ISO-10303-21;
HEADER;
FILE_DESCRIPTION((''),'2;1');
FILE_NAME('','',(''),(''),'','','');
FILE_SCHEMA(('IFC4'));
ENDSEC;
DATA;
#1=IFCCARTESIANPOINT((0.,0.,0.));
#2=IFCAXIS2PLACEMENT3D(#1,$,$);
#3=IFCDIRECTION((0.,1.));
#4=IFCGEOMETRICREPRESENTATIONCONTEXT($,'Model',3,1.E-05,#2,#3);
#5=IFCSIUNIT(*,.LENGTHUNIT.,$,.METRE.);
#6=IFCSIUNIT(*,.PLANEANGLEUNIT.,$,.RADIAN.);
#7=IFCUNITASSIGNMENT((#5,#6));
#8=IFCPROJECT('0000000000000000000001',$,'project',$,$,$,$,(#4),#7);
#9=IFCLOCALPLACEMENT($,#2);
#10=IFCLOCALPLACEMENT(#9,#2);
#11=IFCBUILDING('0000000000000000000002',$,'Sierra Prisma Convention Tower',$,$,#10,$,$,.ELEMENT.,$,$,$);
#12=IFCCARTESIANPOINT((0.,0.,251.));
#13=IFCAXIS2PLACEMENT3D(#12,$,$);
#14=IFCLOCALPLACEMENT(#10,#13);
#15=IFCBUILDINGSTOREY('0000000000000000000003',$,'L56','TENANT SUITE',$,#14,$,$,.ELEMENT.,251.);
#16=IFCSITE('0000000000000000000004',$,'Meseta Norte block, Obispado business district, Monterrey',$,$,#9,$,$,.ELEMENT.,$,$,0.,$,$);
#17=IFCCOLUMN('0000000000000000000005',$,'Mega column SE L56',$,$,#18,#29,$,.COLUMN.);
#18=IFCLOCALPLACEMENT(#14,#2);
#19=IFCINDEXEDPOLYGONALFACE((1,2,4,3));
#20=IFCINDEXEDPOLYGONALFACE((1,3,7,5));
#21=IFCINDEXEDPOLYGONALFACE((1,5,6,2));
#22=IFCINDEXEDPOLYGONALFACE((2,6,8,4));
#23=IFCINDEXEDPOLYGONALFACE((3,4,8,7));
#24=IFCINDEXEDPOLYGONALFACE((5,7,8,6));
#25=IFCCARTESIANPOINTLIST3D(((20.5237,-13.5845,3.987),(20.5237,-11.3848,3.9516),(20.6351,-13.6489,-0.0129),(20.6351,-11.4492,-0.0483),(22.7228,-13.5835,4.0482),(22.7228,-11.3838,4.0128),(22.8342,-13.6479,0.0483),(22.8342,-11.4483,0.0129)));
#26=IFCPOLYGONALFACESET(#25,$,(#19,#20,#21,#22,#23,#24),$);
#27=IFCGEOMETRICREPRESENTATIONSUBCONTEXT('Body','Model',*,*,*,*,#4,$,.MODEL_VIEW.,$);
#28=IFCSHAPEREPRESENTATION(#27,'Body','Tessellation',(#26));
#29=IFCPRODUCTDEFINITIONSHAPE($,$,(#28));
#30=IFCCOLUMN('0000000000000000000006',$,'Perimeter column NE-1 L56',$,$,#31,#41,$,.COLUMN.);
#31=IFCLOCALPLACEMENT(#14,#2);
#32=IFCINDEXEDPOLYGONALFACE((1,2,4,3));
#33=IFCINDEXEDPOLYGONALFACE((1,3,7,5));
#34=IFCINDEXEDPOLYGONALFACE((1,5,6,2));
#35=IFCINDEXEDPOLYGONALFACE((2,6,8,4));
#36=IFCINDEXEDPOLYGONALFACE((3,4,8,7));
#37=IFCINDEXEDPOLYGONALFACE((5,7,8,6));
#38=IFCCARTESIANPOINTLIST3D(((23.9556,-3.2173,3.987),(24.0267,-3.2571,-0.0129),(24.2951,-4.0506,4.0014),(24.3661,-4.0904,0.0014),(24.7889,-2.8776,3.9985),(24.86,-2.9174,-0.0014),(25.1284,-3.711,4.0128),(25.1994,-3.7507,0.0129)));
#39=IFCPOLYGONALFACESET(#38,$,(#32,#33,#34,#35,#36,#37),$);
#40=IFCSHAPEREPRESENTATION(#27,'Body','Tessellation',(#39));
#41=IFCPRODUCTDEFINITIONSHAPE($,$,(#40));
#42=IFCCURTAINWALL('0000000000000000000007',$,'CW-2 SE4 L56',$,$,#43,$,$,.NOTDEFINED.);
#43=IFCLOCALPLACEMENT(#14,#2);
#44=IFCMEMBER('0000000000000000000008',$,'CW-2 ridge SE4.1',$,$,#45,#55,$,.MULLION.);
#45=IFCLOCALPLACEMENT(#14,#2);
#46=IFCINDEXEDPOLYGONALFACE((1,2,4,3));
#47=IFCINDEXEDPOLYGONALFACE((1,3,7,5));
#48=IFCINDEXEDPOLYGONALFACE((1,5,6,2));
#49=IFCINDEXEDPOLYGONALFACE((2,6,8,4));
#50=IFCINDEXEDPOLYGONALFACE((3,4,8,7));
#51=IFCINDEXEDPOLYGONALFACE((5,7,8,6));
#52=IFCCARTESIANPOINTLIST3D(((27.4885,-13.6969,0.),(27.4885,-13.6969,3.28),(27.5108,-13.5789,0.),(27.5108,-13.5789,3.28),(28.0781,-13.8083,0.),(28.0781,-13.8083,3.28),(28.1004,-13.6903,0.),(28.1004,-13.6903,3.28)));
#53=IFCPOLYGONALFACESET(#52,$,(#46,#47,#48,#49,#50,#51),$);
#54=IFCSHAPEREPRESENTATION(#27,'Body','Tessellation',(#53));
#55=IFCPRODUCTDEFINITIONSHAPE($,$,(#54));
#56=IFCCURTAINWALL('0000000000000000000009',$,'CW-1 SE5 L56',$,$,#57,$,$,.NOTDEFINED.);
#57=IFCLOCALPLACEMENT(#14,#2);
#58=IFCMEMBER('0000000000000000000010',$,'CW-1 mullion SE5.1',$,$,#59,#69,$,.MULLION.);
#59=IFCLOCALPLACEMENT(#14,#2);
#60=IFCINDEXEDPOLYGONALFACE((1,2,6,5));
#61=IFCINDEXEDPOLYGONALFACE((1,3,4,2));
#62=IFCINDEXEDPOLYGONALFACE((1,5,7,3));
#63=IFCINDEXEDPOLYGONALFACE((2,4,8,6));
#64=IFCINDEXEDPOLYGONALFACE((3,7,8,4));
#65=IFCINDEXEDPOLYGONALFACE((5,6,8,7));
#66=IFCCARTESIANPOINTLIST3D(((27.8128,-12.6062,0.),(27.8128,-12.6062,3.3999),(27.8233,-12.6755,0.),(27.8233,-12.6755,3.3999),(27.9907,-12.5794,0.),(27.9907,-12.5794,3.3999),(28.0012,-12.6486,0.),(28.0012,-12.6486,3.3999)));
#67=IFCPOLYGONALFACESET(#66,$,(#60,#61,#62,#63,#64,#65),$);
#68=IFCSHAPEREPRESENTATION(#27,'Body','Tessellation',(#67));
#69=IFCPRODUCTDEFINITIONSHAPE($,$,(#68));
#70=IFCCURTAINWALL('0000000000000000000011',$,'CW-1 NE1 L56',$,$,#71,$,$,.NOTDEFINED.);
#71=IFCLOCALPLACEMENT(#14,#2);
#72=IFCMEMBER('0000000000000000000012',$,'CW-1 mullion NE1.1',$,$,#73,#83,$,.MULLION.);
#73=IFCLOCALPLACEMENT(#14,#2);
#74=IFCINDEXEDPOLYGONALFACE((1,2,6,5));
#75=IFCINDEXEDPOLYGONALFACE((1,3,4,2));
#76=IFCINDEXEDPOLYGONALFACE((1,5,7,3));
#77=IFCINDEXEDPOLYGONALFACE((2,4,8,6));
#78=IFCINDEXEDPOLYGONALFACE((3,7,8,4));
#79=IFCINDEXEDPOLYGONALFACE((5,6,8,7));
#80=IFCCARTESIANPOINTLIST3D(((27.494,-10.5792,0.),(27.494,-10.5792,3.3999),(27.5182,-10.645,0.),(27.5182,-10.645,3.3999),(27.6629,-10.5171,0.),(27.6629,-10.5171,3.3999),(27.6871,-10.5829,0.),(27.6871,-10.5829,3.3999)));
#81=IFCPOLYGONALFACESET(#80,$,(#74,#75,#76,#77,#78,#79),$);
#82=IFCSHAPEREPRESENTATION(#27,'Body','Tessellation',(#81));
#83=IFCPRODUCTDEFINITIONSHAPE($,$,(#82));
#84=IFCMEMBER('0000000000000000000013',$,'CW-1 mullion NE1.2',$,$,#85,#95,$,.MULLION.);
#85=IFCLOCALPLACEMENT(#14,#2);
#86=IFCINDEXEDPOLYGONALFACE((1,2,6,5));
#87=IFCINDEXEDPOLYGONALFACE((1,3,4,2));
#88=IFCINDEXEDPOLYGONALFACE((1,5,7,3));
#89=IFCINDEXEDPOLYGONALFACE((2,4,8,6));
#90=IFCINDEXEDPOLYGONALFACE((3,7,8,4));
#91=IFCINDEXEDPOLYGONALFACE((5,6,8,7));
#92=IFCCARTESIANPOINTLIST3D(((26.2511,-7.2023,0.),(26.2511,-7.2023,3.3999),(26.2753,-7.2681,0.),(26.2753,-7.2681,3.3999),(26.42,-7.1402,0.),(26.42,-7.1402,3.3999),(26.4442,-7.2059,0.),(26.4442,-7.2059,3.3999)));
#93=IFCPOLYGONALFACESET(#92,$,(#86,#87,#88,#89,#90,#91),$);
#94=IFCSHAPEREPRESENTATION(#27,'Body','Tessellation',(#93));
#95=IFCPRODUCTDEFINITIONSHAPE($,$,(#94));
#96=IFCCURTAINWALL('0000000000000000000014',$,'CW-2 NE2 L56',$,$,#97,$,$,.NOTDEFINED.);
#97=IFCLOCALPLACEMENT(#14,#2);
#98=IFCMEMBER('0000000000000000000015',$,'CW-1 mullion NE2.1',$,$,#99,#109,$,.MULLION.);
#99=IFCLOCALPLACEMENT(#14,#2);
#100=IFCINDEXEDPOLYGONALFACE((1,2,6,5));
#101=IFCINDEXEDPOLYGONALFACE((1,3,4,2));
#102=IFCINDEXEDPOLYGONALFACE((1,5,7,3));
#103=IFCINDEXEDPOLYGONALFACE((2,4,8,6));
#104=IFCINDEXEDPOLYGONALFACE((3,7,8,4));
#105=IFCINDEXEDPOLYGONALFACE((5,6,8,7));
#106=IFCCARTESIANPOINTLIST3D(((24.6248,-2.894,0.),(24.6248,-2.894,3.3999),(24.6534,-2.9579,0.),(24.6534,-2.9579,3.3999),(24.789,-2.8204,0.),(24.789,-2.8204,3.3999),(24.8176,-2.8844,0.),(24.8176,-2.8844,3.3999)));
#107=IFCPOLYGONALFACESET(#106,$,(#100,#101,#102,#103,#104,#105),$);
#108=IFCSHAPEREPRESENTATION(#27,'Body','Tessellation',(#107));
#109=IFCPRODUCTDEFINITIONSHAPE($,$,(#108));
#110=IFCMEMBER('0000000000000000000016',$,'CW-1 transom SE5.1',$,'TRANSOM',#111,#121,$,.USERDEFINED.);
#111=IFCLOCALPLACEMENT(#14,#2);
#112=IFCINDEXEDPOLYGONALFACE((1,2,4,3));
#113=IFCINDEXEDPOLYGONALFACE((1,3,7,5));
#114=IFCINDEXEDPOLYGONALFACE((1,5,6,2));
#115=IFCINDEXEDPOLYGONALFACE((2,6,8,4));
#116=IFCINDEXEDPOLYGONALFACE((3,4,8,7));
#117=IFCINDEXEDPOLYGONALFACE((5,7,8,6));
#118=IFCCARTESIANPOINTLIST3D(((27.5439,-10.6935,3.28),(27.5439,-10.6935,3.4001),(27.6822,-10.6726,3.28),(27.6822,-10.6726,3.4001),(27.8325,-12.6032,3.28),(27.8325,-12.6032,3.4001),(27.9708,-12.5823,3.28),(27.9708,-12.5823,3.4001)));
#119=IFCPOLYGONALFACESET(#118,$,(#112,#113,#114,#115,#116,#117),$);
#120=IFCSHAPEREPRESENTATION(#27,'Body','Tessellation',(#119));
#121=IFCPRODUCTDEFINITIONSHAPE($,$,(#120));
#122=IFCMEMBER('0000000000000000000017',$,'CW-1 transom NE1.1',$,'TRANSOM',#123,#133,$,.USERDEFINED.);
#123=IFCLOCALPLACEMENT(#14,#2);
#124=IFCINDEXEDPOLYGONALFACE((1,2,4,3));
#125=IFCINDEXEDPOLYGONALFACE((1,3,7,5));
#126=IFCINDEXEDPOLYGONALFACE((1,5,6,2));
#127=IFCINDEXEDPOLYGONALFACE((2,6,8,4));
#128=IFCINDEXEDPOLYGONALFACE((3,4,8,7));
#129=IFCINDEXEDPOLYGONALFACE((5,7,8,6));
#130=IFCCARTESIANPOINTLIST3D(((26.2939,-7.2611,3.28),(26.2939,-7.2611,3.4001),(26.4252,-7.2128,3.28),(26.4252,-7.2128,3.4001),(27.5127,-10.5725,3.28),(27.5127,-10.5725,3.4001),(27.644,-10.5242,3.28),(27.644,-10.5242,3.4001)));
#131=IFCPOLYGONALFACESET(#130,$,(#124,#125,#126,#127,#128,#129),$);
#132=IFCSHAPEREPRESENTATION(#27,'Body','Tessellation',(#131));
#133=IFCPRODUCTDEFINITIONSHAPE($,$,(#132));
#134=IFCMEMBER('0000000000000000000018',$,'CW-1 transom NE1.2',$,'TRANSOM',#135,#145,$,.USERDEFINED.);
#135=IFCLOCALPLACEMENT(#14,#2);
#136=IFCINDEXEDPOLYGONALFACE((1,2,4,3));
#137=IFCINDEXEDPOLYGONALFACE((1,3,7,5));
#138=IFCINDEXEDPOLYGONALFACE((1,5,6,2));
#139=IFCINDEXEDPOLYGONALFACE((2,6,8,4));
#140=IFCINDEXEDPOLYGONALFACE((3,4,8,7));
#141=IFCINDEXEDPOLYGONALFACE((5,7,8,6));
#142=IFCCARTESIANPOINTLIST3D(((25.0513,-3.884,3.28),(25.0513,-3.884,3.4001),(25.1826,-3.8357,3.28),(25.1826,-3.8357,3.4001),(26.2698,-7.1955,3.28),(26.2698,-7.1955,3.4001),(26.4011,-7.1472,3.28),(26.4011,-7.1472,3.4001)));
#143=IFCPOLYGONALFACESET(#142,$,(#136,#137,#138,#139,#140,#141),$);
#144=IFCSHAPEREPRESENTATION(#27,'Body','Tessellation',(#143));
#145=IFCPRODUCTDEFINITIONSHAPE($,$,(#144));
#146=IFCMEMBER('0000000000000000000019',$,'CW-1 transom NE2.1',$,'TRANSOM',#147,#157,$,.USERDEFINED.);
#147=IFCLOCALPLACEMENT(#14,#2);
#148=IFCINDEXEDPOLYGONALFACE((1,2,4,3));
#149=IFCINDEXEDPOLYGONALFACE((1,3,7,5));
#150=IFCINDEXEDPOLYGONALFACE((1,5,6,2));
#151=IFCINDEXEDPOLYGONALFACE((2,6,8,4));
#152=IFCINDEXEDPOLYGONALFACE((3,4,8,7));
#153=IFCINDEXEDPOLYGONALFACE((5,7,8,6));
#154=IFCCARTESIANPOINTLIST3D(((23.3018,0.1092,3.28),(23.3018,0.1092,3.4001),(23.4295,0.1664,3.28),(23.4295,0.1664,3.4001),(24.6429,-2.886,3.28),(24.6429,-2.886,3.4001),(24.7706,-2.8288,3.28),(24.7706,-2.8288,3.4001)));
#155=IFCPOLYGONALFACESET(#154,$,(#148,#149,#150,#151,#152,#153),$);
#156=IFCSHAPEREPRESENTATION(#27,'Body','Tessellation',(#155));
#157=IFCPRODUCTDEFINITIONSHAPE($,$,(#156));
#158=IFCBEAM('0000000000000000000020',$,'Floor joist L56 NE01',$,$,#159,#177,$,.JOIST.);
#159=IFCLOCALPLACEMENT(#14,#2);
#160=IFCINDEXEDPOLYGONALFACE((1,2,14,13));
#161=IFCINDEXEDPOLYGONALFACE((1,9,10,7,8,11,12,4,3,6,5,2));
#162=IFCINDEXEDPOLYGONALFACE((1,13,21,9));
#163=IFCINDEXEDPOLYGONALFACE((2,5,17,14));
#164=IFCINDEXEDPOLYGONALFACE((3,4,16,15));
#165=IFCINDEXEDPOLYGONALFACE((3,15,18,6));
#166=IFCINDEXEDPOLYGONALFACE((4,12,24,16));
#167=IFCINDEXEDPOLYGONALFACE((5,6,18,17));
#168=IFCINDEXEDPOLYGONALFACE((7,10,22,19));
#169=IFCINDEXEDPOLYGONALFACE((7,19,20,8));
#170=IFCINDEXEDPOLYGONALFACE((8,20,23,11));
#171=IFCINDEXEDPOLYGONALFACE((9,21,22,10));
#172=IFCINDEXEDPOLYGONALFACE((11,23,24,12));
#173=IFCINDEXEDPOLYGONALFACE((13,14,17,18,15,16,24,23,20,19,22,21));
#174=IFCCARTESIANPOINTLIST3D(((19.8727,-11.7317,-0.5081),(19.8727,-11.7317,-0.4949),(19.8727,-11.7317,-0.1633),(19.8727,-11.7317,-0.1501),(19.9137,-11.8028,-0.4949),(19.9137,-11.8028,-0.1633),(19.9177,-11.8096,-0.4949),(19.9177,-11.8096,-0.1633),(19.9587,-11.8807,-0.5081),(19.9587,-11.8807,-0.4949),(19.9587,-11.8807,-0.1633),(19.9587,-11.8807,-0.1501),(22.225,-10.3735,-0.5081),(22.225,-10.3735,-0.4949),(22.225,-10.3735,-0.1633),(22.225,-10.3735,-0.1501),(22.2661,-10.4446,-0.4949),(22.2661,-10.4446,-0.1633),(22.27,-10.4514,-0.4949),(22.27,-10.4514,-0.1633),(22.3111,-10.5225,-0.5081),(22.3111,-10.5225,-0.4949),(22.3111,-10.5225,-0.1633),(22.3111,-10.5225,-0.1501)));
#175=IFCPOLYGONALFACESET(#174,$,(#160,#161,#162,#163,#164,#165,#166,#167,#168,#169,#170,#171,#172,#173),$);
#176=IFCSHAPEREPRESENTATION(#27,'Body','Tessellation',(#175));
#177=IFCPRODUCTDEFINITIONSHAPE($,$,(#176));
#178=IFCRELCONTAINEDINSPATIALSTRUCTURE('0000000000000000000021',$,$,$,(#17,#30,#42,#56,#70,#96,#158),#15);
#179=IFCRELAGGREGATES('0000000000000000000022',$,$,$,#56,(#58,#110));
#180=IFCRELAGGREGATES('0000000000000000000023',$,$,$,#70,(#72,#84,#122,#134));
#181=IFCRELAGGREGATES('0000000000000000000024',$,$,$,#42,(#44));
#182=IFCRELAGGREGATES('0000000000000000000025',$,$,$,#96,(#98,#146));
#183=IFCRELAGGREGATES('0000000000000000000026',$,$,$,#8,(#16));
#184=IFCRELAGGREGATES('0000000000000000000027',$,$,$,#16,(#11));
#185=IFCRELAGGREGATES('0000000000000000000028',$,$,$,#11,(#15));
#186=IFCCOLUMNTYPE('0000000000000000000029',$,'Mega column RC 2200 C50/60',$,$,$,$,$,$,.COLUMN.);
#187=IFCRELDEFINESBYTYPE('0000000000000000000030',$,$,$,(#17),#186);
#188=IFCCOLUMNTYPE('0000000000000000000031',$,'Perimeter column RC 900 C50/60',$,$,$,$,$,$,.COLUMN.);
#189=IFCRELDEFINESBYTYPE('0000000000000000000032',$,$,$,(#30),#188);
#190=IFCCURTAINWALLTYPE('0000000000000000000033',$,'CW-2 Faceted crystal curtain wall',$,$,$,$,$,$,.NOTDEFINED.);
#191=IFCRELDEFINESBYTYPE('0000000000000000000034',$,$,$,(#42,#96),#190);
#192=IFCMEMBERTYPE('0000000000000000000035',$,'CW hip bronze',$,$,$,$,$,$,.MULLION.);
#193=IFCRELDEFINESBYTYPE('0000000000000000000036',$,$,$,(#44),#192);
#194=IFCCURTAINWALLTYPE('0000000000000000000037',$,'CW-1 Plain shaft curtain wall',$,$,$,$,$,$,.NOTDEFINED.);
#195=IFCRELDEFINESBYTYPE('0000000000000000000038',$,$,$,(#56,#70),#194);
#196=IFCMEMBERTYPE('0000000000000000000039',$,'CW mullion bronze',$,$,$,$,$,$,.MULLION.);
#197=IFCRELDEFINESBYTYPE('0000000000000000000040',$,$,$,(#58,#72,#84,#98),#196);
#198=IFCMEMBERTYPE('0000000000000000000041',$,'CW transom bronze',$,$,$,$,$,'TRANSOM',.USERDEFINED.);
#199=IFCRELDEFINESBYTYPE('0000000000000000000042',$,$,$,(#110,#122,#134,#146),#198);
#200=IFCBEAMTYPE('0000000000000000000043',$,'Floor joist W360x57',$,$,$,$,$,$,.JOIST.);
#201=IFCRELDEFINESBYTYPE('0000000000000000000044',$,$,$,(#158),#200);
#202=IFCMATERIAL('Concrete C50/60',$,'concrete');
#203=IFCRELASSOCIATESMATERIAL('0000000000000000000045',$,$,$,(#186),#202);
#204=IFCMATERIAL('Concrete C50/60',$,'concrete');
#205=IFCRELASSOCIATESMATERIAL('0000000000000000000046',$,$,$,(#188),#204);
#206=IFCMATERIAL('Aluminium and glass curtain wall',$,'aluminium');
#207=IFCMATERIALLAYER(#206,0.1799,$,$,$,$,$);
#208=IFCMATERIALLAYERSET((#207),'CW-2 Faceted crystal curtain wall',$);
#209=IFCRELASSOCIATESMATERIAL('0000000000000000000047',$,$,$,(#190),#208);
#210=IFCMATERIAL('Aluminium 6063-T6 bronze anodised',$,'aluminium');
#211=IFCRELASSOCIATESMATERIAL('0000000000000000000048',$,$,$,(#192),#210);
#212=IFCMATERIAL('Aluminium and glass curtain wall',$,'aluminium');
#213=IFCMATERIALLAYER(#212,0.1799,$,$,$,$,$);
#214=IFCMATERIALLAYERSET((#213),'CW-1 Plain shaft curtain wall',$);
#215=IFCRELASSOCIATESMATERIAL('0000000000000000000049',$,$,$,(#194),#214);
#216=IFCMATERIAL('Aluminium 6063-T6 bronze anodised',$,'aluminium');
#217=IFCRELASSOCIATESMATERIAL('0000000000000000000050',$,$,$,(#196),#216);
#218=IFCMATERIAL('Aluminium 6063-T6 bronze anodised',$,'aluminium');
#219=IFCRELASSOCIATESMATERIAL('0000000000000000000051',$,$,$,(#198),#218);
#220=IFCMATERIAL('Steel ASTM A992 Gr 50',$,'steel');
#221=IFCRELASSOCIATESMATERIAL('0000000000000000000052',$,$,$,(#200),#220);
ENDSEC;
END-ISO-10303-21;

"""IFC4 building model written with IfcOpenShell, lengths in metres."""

from ifc_helpers import new_model, si_unit, direction, frame, origin, origin_2d, place, context, subcontext, project, spatial, rectangle, i_section, extrude, material, layer, layer_set, material_profile, profile_set, type_object, element, aggregate, save


model = new_model("IFC4")

# Units and contexts
model_context = context("Model", 3, precision=1e-05, world=origin(), true_north=direction((0.0, 1.0)))
body_context = subcontext(model_context, "Body", "Model", "MODEL_VIEW")
ifc_project = project(units=[si_unit("LENGTHUNIT", "METRE"), si_unit("PLANEANGLEUNIT", "RADIAN")], contexts=[model_context])

# Site, building, storey
site_placement = place(None, origin())
site = spatial("IfcSite", under=ifc_project, at=site_placement, Name="Meseta Norte block, Obispado business district, Monterrey", CompositionType="ELEMENT", RefElevation=0.0)
building_placement = place(site_placement, origin())
building = spatial("IfcBuilding", under=site, at=building_placement, Name="Sierra Prisma Convention Tower", CompositionType="ELEMENT")
storey_placement = place(building_placement, frame((0.0, 0.0, 251.0)))
storey = spatial("IfcBuildingStorey", under=building, at=storey_placement, Name="L56", Description="TENANT SUITE", CompositionType="ELEMENT", Elevation=251.0)

# Columns
ifc_material_1 = material(Name="Concrete C50/60", Category="concrete")
ifc_material_profile_1 = material_profile(ifc_material_1, rectangle(XDim=2.2, YDim=2.2, at=origin_2d()), Name="Mega column RC 2200 C50/60")
ifc_profile_set_1 = profile_set([ifc_material_profile_1], Name="Concrete C50/60")
column_type_1 = type_object("IfcColumnType", Name="Mega column RC 2200 C50/60", PredefinedType="COLUMN", material=ifc_profile_set_1)
column_1_placement = place(storey_placement, frame((21.7346, -12.5486, 0.0), z_axis=(-0.027818, 0.016105, 0.999483), x_axis=(0.999613, 0.000448, 0.027814)))
element("IfcColumn", 1, at=column_1_placement, inside=storey, type_object=column_type_1, Name="Mega column SE L56", PredefinedType="COLUMN", context=body_context, shape_type="SweptSolid", body=[
    extrude(rectangle(XDim=2.2, YDim=2.2, at=origin_2d()), origin(), (0.0, 0.0, 1.0), 4.002),
])
ifc_material_2 = material(Name="Concrete C50/60", Category="concrete")
ifc_material_profile_2 = material_profile(ifc_material_2, rectangle(XDim=0.8999, YDim=0.8999, at=origin_2d()), Name="Perimeter column RC 900 C50/60")
ifc_profile_set_2 = profile_set([ifc_material_profile_2], Name="Concrete C50/60")
column_type_2 = type_object("IfcColumnType", Name="Perimeter column RC 900 C50/60", PredefinedType="COLUMN", material=ifc_profile_set_2)
column_2_placement = place(storey_placement, frame((24.613, -3.5039, 0.0), z_axis=(-0.017758, 0.009947, 0.999793), x_axis=(-0.377201, 0.925995, -0.015912)))
element("IfcColumn", 2, at=column_2_placement, inside=storey, type_object=column_type_2, Name="Perimeter column NE-1 L56", PredefinedType="COLUMN", context=body_context, shape_type="SweptSolid", body=[
    extrude(rectangle(XDim=0.8999, YDim=0.8999, at=origin_2d()), origin(), (0.0, 0.0, 1.0), 4.0007),
])

# Curtain walls, members
ifc_material_3 = material(Name="Aluminium and glass curtain wall", Category="aluminium")
ifc_layer_1 = layer(ifc_material_3, 0.1799)
ifc_layer_set_1 = layer_set([ifc_layer_1], Name="CW-2 Faceted crystal curtain wall")
curtain_wall_type_1 = type_object("IfcCurtainWallType", Name="CW-2 Faceted crystal curtain wall", PredefinedType="NOTDEFINED", material=ifc_layer_set_1)
curtain_wall_1_placement = place(storey_placement, origin())
curtain_wall_1 = element("IfcCurtainWall", 3, at=curtain_wall_1_placement, inside=storey, type_object=curtain_wall_type_1, Name="CW-2 SE4 L56", PredefinedType="NOTDEFINED")
ifc_material_4 = material(Name="Aluminium 6063-T6 bronze anodised", Category="aluminium")
ifc_material_profile_3 = material_profile(ifc_material_4, rectangle(XDim=0.1201, YDim=0.6001, at=origin_2d()), Name="ALU RIDGE BLADE 120x600")
ifc_profile_set_3 = profile_set([ifc_material_profile_3], Name="Aluminium 6063-T6 bronze anodised")
member_type_1 = type_object("IfcMemberType", Name="CW hip bronze", PredefinedType="MULLION", material=ifc_profile_set_3)
member_1_placement = place(storey_placement, frame((27.7944, -13.6936, 0.0), z_axis=(0.0, 0.0, 1.0), x_axis=(0.185693, 0.982608, 0.0)))
member_1 = element("IfcMember", 4, at=member_1_placement, type_object=member_type_1, Name="CW-2 ridge SE4.1", PredefinedType="MULLION", context=body_context, shape_type="SweptSolid", body=[
    extrude(rectangle(XDim=0.1201, YDim=0.6001, at=origin_2d()), origin(), (0.0, 0.0, 1.0), 3.28),
])
ifc_material_5 = material(Name="Aluminium and glass curtain wall", Category="aluminium")
ifc_layer_2 = layer(ifc_material_5, 0.1799)
ifc_layer_set_2 = layer_set([ifc_layer_2], Name="CW-1 Plain shaft curtain wall")
curtain_wall_type_2 = type_object("IfcCurtainWallType", Name="CW-1 Plain shaft curtain wall", PredefinedType="NOTDEFINED", material=ifc_layer_set_2)
curtain_wall_2_placement = place(storey_placement, origin())
curtain_wall_2 = element("IfcCurtainWall", 5, at=curtain_wall_2_placement, inside=storey, type_object=curtain_wall_type_2, Name="CW-1 SE5 L56", PredefinedType="NOTDEFINED")
ifc_material_6 = material(Name="Aluminium 6063-T6 bronze anodised", Category="aluminium")
ifc_material_profile_4 = material_profile(ifc_material_6, rectangle(XDim=0.1799, YDim=0.0701, at=origin_2d()), Name="ALU MULLION 70x180")
ifc_profile_set_4 = profile_set([ifc_material_profile_4], Name="Aluminium 6063-T6 bronze anodised")
member_type_2 = type_object("IfcMemberType", Name="CW mullion bronze", PredefinedType="MULLION", material=ifc_profile_set_4)
member_2_placement = place(storey_placement, frame((27.907, -12.6274, 0.0), z_axis=(0.0, 0.0, 1.0), x_axis=(-0.988764, -0.149483, 0.0)))
member_2 = element("IfcMember", 6, at=member_2_placement, type_object=member_type_2, Name="CW-1 mullion SE5.1", PredefinedType="MULLION", context=body_context, shape_type="SweptSolid", body=[
    extrude(rectangle(XDim=0.1799, YDim=0.0701, at=origin_2d()), origin(), (0.0, 0.0, 1.0), 3.3999),
])

# Curtain wall, members
curtain_wall_3_placement = place(storey_placement, origin())
curtain_wall_3 = element("IfcCurtainWall", 7, at=curtain_wall_3_placement, inside=storey, type_object=curtain_wall_type_2, Name="CW-1 NE1 L56", PredefinedType="NOTDEFINED")
member_3_placement = place(storey_placement, frame((27.5906, -10.5811, 0.0), z_axis=(0.0, 0.0, 1.0), x_axis=(-0.938462, -0.345383, 0.0)))
member_3 = element("IfcMember", 8, at=member_3_placement, type_object=member_type_2, Name="CW-1 mullion NE1.1", PredefinedType="MULLION", context=body_context, shape_type="SweptSolid", body=[
    extrude(rectangle(XDim=0.1799, YDim=0.0701, at=origin_2d()), origin(), (0.0, 0.0, 1.0), 3.3999),
])
member_4_placement = place(storey_placement, frame((26.3477, -7.2041, 0.0), z_axis=(0.0, 0.0, 1.0), x_axis=(-0.938462, -0.345383, 0.0)))
member_4 = element("IfcMember", 9, at=member_4_placement, type_object=member_type_2, Name="CW-1 mullion NE1.2", PredefinedType="MULLION", context=body_context, shape_type="SweptSolid", body=[
    extrude(rectangle(XDim=0.1799, YDim=0.0701, at=origin_2d()), origin(), (0.0, 0.0, 1.0), 3.3999),
])

# Curtain wall, member
curtain_wall_4_placement = place(storey_placement, origin())
curtain_wall_4 = element("IfcCurtainWall", 10, at=curtain_wall_4_placement, inside=storey, type_object=curtain_wall_type_1, Name="CW-2 NE2 L56", PredefinedType="NOTDEFINED")
member_5_placement = place(storey_placement, frame((24.7212, -2.8892, 0.0), z_axis=(0.0, 0.0, 1.0), x_axis=(-0.912669, -0.408698, 0.0)))
member_5 = element("IfcMember", 11, at=member_5_placement, type_object=member_type_2, Name="CW-1 mullion NE2.1", PredefinedType="MULLION", context=body_context, shape_type="SweptSolid", body=[
    extrude(rectangle(XDim=0.1799, YDim=0.0701, at=origin_2d()), origin(), (0.0, 0.0, 1.0), 3.3999),
])

# Members
ifc_material_7 = material(Name="Aluminium 6063-T6 bronze anodised", Category="aluminium")
ifc_material_profile_5 = material_profile(ifc_material_7, rectangle(XDim=0.1399, YDim=0.1201, at=origin_2d()), Name="ALU TRANSOM 120x140")
ifc_profile_set_5 = profile_set([ifc_material_profile_5], Name="Aluminium 6063-T6 bronze anodised")
member_type_3 = type_object("IfcMemberType", Name="CW transom bronze", ElementType="TRANSOM", PredefinedType="USERDEFINED", material=ifc_profile_set_5)
member_6_placement = place(storey_placement, frame((27.9016, -12.5928, 3.3401), z_axis=(-0.149416, 0.988774, 0.0), x_axis=(-0.988774, -0.149416, 0.0)))
member_6 = element("IfcMember", 12, at=member_6_placement, type_object=member_type_3, Name="CW-1 transom SE5.1", ObjectType="TRANSOM", PredefinedType="USERDEFINED", context=body_context, shape_type="SweptSolid", body=[
    extrude(rectangle(XDim=0.1399, YDim=0.1201, at=origin_2d()), origin(), (0.0, 0.0, 1.0), 1.9314),
])
member_7_placement = place(storey_placement, frame((27.5784, -10.5483, 3.3401), z_axis=(-0.345407, 0.938453, 0.0), x_axis=(-0.938453, -0.345407, 0.0)))
member_7 = element("IfcMember", 13, at=member_7_placement, type_object=member_type_3, Name="CW-1 transom NE1.1", ObjectType="TRANSOM", PredefinedType="USERDEFINED", context=body_context, shape_type="SweptSolid", body=[
    extrude(rectangle(XDim=0.1399, YDim=0.1201, at=origin_2d()), origin(), (0.0, 0.0, 1.0), 3.5286),
])
member_8_placement = place(storey_placement, frame((26.3354, -7.1714, 3.3401), z_axis=(-0.345324, 0.938484, 0.0), x_axis=(-0.938484, -0.345324, 0.0)))
member_8 = element("IfcMember", 14, at=member_8_placement, type_object=member_type_3, Name="CW-1 transom NE1.2", ObjectType="TRANSOM", PredefinedType="USERDEFINED", context=body_context, shape_type="SweptSolid", body=[
    extrude(rectangle(XDim=0.1399, YDim=0.1201, at=origin_2d()), origin(), (0.0, 0.0, 1.0), 3.5286),
])
member_9_placement = place(storey_placement, frame((24.7068, -2.8574, 3.3401), z_axis=(-0.408656, 0.912688, 0.0), x_axis=(-0.912688, -0.408656, 0.0)))
member_9 = element("IfcMember", 15, at=member_9_placement, type_object=member_type_3, Name="CW-1 transom NE2.1", ObjectType="TRANSOM", PredefinedType="USERDEFINED", context=body_context, shape_type="SweptSolid", body=[
    extrude(rectangle(XDim=0.1399, YDim=0.1201, at=origin_2d()), origin(), (0.0, 0.0, 1.0), 3.2817),
])

# Beam
ifc_material_8 = material(Name="Steel ASTM A992 Gr 50", Category="steel")
ifc_material_profile_6 = material_profile(ifc_material_8, i_section(OverallWidth=0.1721, OverallDepth=0.3579, WebThickness=0.0078, FlangeThickness=0.0132, at=origin_2d()), Name="W360x57")
ifc_profile_set_6 = profile_set([ifc_material_profile_6], Name="Steel ASTM A992 Gr 50")
beam_type_1 = type_object("IfcBeamType", Name="Floor joist W360x57", PredefinedType="JOIST", material=ifc_profile_set_6)
beam_1_placement = place(storey_placement, frame((22.2681, -10.448, -0.3291), z_axis=(-0.866016, -0.500016, 0.0), x_axis=(0.500016, -0.866016, 0.0)))
element("IfcBeam", 16, at=beam_1_placement, inside=storey, type_object=beam_type_1, Name="Floor joist L56 NE01", PredefinedType="JOIST", context=body_context, shape_type="SweptSolid", body=[
    extrude(i_section(OverallWidth=0.1721, OverallDepth=0.3579, WebThickness=0.0078, FlangeThickness=0.0132, at=origin_2d()), origin(), (0.0, 0.0, 1.0), 2.7163),
])

aggregate(curtain_wall_2, [member_2, member_6])
aggregate(curtain_wall_3, [member_3, member_4, member_7, member_8])
aggregate(curtain_wall_1, [member_1])
aggregate(curtain_wall_4, [member_5, member_9])

save(model, "model.ifc")
